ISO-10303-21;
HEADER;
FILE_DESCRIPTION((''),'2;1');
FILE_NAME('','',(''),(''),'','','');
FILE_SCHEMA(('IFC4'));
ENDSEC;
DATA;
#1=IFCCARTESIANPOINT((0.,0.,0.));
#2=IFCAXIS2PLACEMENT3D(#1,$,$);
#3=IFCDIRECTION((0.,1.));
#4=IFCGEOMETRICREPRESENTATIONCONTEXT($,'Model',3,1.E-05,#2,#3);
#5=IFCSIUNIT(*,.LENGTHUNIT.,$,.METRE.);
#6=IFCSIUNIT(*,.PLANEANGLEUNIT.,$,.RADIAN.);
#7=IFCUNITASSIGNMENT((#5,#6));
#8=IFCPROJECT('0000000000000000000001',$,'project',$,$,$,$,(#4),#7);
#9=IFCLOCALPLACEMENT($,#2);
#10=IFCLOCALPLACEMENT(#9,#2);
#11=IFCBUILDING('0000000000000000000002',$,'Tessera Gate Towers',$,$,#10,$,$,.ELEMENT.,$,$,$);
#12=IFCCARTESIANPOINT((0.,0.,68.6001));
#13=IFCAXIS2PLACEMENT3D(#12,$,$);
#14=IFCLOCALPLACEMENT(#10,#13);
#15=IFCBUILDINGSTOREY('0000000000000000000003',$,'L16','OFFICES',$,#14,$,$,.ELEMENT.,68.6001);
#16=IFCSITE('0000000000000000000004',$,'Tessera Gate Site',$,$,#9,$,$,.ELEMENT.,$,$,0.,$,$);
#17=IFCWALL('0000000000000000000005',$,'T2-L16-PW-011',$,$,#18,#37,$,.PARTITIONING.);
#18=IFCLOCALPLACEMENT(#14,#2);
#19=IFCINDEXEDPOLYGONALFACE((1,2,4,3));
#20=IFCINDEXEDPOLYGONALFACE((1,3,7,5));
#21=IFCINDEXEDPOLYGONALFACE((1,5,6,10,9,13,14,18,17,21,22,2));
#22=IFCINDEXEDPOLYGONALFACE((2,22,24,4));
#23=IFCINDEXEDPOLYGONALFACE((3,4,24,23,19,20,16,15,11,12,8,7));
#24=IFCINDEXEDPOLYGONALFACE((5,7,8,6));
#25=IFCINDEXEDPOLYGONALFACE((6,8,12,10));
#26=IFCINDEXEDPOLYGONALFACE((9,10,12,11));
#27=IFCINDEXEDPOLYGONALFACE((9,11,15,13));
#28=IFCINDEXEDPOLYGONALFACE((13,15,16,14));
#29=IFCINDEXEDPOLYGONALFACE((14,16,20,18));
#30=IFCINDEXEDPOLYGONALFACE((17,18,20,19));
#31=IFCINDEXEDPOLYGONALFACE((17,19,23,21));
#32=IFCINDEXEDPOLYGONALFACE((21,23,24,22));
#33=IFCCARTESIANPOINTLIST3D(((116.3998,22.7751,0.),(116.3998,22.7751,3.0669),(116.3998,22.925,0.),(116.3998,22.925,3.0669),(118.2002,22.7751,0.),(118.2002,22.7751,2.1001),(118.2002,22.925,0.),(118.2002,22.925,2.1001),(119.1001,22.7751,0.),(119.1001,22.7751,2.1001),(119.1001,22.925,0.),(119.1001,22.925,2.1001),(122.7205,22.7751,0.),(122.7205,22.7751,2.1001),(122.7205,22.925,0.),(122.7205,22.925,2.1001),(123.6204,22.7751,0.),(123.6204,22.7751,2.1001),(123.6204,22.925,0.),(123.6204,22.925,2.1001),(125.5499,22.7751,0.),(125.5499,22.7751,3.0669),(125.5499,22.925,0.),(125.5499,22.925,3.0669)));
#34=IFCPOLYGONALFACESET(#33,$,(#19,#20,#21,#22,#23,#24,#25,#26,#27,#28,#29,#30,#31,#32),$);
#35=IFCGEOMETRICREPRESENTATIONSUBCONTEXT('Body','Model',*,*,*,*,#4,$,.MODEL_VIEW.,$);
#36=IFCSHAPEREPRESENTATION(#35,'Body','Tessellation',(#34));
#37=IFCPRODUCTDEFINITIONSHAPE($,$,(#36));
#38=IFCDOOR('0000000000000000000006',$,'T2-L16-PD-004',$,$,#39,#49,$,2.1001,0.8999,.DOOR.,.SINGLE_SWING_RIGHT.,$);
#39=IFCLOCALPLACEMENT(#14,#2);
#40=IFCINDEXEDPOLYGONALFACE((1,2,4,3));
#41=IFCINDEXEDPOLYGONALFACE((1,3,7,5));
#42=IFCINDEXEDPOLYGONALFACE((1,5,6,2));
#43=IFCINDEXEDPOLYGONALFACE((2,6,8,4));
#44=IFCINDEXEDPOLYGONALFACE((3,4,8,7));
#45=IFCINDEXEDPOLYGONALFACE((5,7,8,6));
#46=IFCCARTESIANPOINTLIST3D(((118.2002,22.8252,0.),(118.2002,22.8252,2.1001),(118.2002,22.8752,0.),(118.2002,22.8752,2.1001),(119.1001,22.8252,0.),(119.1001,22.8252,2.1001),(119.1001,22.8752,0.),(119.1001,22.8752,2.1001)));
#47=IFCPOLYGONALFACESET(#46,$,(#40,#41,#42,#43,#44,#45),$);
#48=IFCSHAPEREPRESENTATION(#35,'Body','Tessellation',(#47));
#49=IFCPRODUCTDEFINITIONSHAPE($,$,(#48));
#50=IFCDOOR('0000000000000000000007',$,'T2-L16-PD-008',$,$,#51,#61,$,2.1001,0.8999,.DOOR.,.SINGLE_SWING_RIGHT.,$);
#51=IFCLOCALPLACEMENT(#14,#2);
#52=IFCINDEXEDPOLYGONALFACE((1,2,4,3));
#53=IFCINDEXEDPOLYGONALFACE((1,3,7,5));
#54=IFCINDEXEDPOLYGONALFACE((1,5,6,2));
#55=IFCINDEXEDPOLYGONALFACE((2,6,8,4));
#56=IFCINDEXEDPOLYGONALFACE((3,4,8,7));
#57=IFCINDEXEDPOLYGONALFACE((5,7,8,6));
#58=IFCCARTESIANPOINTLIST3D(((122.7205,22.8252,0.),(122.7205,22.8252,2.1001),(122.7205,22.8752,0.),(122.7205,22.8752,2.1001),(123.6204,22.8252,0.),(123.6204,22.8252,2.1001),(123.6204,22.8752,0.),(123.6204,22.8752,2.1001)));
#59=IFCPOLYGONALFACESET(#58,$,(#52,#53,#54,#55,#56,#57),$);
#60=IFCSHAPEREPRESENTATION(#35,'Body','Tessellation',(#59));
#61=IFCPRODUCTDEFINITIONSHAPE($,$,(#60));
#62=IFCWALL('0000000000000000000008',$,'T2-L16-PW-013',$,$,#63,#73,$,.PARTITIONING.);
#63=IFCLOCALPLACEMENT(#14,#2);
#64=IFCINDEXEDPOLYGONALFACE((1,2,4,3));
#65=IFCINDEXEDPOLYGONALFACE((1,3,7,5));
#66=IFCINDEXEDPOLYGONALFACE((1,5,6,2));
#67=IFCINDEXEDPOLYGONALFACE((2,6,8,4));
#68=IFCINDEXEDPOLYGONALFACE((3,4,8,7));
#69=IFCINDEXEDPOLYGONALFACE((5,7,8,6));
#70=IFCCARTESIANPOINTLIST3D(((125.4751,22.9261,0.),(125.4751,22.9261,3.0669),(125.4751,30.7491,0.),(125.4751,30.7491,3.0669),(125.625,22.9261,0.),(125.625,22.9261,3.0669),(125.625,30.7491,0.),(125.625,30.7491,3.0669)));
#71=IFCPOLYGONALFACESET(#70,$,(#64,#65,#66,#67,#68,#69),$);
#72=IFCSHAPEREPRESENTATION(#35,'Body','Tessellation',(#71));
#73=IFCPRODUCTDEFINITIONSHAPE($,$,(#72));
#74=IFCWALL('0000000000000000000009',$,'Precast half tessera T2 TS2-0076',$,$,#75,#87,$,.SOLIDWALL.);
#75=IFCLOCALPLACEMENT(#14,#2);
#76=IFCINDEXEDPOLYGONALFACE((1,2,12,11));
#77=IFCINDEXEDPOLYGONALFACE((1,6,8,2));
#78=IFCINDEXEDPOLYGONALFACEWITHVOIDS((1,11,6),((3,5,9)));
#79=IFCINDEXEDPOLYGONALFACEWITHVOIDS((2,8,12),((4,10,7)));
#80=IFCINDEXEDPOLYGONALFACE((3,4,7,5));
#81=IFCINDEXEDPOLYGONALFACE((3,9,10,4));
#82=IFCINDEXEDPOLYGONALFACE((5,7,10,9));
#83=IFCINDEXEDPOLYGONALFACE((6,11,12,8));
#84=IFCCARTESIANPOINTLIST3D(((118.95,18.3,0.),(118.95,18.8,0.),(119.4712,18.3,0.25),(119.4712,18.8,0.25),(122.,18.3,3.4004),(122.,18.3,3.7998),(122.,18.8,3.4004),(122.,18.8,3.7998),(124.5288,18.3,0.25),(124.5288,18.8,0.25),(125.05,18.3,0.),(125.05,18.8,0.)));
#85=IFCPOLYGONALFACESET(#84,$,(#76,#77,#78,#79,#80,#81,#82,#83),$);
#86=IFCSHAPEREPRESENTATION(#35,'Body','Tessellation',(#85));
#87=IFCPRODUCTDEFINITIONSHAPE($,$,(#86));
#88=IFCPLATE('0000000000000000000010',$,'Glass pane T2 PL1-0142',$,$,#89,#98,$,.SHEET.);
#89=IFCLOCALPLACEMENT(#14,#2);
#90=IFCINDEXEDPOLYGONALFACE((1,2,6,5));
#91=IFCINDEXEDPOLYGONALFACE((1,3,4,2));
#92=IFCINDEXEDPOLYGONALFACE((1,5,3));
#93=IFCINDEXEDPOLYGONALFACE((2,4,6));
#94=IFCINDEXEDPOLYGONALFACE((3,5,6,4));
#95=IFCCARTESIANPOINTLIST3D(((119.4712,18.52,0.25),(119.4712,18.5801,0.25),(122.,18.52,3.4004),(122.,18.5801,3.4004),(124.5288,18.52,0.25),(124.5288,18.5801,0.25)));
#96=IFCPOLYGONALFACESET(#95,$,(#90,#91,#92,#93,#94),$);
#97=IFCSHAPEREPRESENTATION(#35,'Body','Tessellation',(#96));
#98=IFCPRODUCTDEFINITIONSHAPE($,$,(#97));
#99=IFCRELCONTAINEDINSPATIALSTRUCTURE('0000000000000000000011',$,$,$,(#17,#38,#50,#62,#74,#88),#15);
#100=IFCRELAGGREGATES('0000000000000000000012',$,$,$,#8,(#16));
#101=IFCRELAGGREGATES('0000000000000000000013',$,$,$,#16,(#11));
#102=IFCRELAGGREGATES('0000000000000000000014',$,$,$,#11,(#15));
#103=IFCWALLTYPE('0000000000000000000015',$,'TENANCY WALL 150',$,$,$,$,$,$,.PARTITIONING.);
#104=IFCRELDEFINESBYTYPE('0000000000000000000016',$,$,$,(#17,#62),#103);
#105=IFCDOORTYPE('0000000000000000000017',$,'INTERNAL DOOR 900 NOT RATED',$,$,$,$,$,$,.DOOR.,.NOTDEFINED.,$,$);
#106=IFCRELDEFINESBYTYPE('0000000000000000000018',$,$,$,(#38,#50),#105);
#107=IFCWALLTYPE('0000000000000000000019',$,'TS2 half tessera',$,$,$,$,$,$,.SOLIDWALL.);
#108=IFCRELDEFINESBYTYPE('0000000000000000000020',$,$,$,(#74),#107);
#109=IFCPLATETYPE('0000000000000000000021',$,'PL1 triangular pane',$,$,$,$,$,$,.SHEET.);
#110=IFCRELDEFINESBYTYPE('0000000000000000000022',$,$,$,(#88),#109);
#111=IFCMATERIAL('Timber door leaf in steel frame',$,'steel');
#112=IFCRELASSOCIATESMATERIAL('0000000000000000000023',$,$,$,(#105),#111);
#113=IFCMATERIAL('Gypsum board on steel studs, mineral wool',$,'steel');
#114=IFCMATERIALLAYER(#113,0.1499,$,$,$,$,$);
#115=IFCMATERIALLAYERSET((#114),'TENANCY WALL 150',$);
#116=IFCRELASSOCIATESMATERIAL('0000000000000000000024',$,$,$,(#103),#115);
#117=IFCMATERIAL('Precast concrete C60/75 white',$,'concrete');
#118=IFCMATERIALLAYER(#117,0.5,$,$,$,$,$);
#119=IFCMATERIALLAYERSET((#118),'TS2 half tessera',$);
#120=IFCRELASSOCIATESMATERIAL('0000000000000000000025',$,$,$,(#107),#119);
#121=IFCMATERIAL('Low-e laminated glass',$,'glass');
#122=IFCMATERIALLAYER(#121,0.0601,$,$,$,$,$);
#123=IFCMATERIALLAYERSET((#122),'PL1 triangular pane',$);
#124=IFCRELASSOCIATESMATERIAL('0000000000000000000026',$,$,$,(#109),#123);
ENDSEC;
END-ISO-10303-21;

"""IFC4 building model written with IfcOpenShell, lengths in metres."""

from ifc_helpers import new_model, si_unit, direction, frame, frame_2d, origin, place, context, subcontext, project, spatial, polyline, rectangle, outline, extrude, source, transform, mapped, material, layer, layer_set, type_object, element, fill, save


model = new_model("IFC4")

# Units and contexts
model_context = context("Model", 3, precision=1e-05, world=origin(), true_north=direction((0.0, 1.0)))
body_context = subcontext(model_context, "Body", "Model", "MODEL_VIEW")
ifc_project = project(units=[si_unit("LENGTHUNIT", "METRE"), si_unit("PLANEANGLEUNIT", "RADIAN")], contexts=[model_context])

# Site, building, storey
site_placement = place(None, origin())
site = spatial("IfcSite", under=ifc_project, at=site_placement, Name="Tessera Gate Site", CompositionType="ELEMENT", RefElevation=0.0)
building_placement = place(site_placement, origin())
building = spatial("IfcBuilding", under=site, at=building_placement, Name="Tessera Gate Towers", CompositionType="ELEMENT")
storey_placement = place(building_placement, frame((0.0, 0.0, 68.6001)))
storey = spatial("IfcBuildingStorey", under=building, at=storey_placement, Name="L16", Description="OFFICES", CompositionType="ELEMENT", Elevation=68.6001)

# Shared definitions
ifc_material_1 = material(Name="Timber door leaf in steel frame", Category="steel")
door_type = type_object("IfcDoorType", Name="INTERNAL DOOR 900 NOT RATED", OperationType="NOTDEFINED", PredefinedType="DOOR", material=ifc_material_1)
shared_shape_1 = source(origin(), body_context, "Body", "SweptSolid", [
    extrude(rectangle(XDim=0.8999, YDim=2.1001, at=frame_2d((0.45, 1.05))), frame((0.0, 0.0249, 0.0), z_axis=(0.0, -1.0, 0.0), x_axis=(1.0, 0.0, 0.0)), (0.0, 0.0, 1.0), 0.05),
])

# Shared definitions
ifc_material_2 = material(Name="Gypsum board on steel studs, mineral wool", Category="steel")
ifc_layer_1 = layer(ifc_material_2, 0.1499)
ifc_layer_set_1 = layer_set([ifc_layer_1], Name="TENANCY WALL 150")
wall_type_1 = type_object("IfcWallType", Name="TENANCY WALL 150", PredefinedType="PARTITIONING", material=ifc_layer_set_1)

# Wall, openings, doors
wall_1_placement = place(storey_placement, frame((125.55, 22.8501, 0.0), z_axis=(0.0, 0.0, 1.0), x_axis=(-1.0, 0.0, 0.0)))
wall_1 = element("IfcWall", 1, at=wall_1_placement, inside=storey, type_object=wall_type_1, Name="T2-L16-PW-011", PredefinedType="PARTITIONING", context=body_context, shape_type="SweptSolid", body=[
    extrude(rectangle(XDim=9.1501, YDim=0.1499, at=frame_2d((4.5752, 0.0))), origin(), (0.0, 0.0, 1.0), 3.0669),
])
shared_shape_2 = source(origin(), body_context, "Body", "SweptSolid", [
    extrude(rectangle(XDim=0.8999, YDim=2.1001, at=frame_2d((0.45, 1.05))), frame((0.0, 0.085, 0.0), z_axis=(0.0, -1.0, 0.0), x_axis=(1.0, 0.0, 0.0)), (0.0, 0.0, 1.0), 0.1699),
])
opening_1_placement = place(wall_1_placement, frame((6.45, 0.0, 0.0)))
opening_1 = element("IfcOpeningElement", 2, at=opening_1_placement, cuts=wall_1, PredefinedType="OPENING", context=body_context, shape_type="MappedRepresentation", body=[
    mapped(shared_shape_2, transform((0.0, 0.0, 0.0), scale=1.0)),
])
opening_2_placement = place(wall_1_placement, frame((1.9297, 0.0, 0.0)))
opening_2 = element("IfcOpeningElement", 3, at=opening_2_placement, cuts=wall_1, PredefinedType="OPENING", context=body_context, shape_type="MappedRepresentation", body=[
    mapped(shared_shape_2, transform((0.0, 0.0, 0.0), scale=1.0)),
])
door_1_placement = place(opening_1_placement, origin())
door_1 = element("IfcDoor", 4, at=door_1_placement, inside=storey, type_object=door_type, Name="T2-L16-PD-004", OperationType="SINGLE_SWING_RIGHT", OverallHeight=2.1001, OverallWidth=0.8999, PredefinedType="DOOR", context=body_context, shape_type="MappedRepresentation", body=[
    mapped(shared_shape_1, transform((0.0, 0.0, 0.0), scale=1.0)),
])
fill(opening_1, door_1)
door_2_placement = place(opening_2_placement, origin())
door_2 = element("IfcDoor", 5, at=door_2_placement, inside=storey, type_object=door_type, Name="T2-L16-PD-008", OperationType="SINGLE_SWING_RIGHT", OverallHeight=2.1001, OverallWidth=0.8999, PredefinedType="DOOR", context=body_context, shape_type="MappedRepresentation", body=[
    mapped(shared_shape_1, transform((0.0, 0.0, 0.0), scale=1.0)),
])
fill(opening_2, door_2)

# Wall
wall_2_placement = place(storey_placement, frame((125.55, 22.926, 0.0), z_axis=(0.0, 0.0, 1.0), x_axis=(0.0, 1.0, 0.0)))
element("IfcWall", 6, at=wall_2_placement, inside=storey, type_object=wall_type_1, Name="T2-L16-PW-013", PredefinedType="PARTITIONING", context=body_context, shape_type="SweptSolid", body=[
    extrude(rectangle(XDim=7.823, YDim=0.1499, at=frame_2d((3.9116, 0.0))), origin(), (0.0, 0.0, 1.0), 3.0669),
])

# Wall, opening, plate
ifc_material_3 = material(Name="Precast concrete C60/75 white", Category="concrete")
ifc_layer_2 = layer(ifc_material_3, 0.5)
ifc_layer_set_2 = layer_set([ifc_layer_2], Name="TS2 half tessera")
wall_type_2 = type_object("IfcWallType", Name="TS2 half tessera", PredefinedType="SOLIDWALL", material=ifc_layer_set_2)
shared_shape_3 = source(origin(), body_context, "Body", "SweptSolid", [
    extrude(outline(polyline([(6.1001, 0.0), (3.05, 3.7998), (0.0, 0.0), (6.1001, 0.0)])), frame((0.0, 0.25, 0.0), z_axis=(0.0, -1.0, 0.0), x_axis=(1.0, 0.0, 0.0)), (0.0, 0.0, 1.0), 0.5),
])
wall_3_placement = place(storey_placement, frame((118.95, 18.55, 0.0), z_axis=(0.0, 0.0, 1.0), x_axis=(1.0, 0.0, 0.0)))
wall_3 = element("IfcWall", 7, at=wall_3_placement, inside=storey, type_object=wall_type_2, Name="Precast half tessera T2 TS2-0076", PredefinedType="SOLIDWALL", context=body_context, shape_type="MappedRepresentation", body=[
    mapped(shared_shape_3, transform((0.0, 0.0, 0.0), scale=1.0)),
])
shared_shape_4 = source(origin(), body_context, "Body", "SweptSolid", [
    extrude(outline(polyline([(5.5789, 0.25), (3.05, 3.4004), (0.5212, 0.25), (5.5789, 0.25)])), frame((0.0, 0.26, 0.0), z_axis=(0.0, -1.0, 0.0), x_axis=(1.0, 0.0, 0.0)), (0.0, 0.0, 1.0), 0.52),
])
opening_3_placement = place(wall_3_placement, origin())
opening_3 = element("IfcOpeningElement", 8, at=opening_3_placement, cuts=wall_3, PredefinedType="OPENING", context=body_context, shape_type="MappedRepresentation", body=[
    mapped(shared_shape_4, transform((0.0, 0.0, 0.0), scale=1.0)),
])
ifc_material_4 = material(Name="Low-e laminated glass", Category="glass")
ifc_layer_3 = layer(ifc_material_4, 0.0601)
ifc_layer_set_3 = layer_set([ifc_layer_3], Name="PL1 triangular pane")
plate_type = type_object("IfcPlateType", Name="PL1 triangular pane", PredefinedType="SHEET", material=ifc_layer_set_3)
shared_shape_5 = source(origin(), body_context, "Body", "SweptSolid", [
    extrude(outline(polyline([(5.5789, 0.25), (3.05, 3.4004), (0.5212, 0.25), (5.5789, 0.25)])), frame((0.0, 0.03, 0.0), z_axis=(0.0, -1.0, 0.0), x_axis=(1.0, 0.0, 0.0)), (0.0, 0.0, 1.0), 0.0601),
])
plate_placement = place(opening_3_placement, origin())
plate = element("IfcPlate", 9, at=plate_placement, inside=storey, type_object=plate_type, Name="Glass pane T2 PL1-0142", PredefinedType="SHEET", context=body_context, shape_type="MappedRepresentation", body=[
    mapped(shared_shape_5, transform((0.0, 0.0, 0.0), scale=1.0)),
])
fill(opening_3, plate)

save(model, "model.ifc")
